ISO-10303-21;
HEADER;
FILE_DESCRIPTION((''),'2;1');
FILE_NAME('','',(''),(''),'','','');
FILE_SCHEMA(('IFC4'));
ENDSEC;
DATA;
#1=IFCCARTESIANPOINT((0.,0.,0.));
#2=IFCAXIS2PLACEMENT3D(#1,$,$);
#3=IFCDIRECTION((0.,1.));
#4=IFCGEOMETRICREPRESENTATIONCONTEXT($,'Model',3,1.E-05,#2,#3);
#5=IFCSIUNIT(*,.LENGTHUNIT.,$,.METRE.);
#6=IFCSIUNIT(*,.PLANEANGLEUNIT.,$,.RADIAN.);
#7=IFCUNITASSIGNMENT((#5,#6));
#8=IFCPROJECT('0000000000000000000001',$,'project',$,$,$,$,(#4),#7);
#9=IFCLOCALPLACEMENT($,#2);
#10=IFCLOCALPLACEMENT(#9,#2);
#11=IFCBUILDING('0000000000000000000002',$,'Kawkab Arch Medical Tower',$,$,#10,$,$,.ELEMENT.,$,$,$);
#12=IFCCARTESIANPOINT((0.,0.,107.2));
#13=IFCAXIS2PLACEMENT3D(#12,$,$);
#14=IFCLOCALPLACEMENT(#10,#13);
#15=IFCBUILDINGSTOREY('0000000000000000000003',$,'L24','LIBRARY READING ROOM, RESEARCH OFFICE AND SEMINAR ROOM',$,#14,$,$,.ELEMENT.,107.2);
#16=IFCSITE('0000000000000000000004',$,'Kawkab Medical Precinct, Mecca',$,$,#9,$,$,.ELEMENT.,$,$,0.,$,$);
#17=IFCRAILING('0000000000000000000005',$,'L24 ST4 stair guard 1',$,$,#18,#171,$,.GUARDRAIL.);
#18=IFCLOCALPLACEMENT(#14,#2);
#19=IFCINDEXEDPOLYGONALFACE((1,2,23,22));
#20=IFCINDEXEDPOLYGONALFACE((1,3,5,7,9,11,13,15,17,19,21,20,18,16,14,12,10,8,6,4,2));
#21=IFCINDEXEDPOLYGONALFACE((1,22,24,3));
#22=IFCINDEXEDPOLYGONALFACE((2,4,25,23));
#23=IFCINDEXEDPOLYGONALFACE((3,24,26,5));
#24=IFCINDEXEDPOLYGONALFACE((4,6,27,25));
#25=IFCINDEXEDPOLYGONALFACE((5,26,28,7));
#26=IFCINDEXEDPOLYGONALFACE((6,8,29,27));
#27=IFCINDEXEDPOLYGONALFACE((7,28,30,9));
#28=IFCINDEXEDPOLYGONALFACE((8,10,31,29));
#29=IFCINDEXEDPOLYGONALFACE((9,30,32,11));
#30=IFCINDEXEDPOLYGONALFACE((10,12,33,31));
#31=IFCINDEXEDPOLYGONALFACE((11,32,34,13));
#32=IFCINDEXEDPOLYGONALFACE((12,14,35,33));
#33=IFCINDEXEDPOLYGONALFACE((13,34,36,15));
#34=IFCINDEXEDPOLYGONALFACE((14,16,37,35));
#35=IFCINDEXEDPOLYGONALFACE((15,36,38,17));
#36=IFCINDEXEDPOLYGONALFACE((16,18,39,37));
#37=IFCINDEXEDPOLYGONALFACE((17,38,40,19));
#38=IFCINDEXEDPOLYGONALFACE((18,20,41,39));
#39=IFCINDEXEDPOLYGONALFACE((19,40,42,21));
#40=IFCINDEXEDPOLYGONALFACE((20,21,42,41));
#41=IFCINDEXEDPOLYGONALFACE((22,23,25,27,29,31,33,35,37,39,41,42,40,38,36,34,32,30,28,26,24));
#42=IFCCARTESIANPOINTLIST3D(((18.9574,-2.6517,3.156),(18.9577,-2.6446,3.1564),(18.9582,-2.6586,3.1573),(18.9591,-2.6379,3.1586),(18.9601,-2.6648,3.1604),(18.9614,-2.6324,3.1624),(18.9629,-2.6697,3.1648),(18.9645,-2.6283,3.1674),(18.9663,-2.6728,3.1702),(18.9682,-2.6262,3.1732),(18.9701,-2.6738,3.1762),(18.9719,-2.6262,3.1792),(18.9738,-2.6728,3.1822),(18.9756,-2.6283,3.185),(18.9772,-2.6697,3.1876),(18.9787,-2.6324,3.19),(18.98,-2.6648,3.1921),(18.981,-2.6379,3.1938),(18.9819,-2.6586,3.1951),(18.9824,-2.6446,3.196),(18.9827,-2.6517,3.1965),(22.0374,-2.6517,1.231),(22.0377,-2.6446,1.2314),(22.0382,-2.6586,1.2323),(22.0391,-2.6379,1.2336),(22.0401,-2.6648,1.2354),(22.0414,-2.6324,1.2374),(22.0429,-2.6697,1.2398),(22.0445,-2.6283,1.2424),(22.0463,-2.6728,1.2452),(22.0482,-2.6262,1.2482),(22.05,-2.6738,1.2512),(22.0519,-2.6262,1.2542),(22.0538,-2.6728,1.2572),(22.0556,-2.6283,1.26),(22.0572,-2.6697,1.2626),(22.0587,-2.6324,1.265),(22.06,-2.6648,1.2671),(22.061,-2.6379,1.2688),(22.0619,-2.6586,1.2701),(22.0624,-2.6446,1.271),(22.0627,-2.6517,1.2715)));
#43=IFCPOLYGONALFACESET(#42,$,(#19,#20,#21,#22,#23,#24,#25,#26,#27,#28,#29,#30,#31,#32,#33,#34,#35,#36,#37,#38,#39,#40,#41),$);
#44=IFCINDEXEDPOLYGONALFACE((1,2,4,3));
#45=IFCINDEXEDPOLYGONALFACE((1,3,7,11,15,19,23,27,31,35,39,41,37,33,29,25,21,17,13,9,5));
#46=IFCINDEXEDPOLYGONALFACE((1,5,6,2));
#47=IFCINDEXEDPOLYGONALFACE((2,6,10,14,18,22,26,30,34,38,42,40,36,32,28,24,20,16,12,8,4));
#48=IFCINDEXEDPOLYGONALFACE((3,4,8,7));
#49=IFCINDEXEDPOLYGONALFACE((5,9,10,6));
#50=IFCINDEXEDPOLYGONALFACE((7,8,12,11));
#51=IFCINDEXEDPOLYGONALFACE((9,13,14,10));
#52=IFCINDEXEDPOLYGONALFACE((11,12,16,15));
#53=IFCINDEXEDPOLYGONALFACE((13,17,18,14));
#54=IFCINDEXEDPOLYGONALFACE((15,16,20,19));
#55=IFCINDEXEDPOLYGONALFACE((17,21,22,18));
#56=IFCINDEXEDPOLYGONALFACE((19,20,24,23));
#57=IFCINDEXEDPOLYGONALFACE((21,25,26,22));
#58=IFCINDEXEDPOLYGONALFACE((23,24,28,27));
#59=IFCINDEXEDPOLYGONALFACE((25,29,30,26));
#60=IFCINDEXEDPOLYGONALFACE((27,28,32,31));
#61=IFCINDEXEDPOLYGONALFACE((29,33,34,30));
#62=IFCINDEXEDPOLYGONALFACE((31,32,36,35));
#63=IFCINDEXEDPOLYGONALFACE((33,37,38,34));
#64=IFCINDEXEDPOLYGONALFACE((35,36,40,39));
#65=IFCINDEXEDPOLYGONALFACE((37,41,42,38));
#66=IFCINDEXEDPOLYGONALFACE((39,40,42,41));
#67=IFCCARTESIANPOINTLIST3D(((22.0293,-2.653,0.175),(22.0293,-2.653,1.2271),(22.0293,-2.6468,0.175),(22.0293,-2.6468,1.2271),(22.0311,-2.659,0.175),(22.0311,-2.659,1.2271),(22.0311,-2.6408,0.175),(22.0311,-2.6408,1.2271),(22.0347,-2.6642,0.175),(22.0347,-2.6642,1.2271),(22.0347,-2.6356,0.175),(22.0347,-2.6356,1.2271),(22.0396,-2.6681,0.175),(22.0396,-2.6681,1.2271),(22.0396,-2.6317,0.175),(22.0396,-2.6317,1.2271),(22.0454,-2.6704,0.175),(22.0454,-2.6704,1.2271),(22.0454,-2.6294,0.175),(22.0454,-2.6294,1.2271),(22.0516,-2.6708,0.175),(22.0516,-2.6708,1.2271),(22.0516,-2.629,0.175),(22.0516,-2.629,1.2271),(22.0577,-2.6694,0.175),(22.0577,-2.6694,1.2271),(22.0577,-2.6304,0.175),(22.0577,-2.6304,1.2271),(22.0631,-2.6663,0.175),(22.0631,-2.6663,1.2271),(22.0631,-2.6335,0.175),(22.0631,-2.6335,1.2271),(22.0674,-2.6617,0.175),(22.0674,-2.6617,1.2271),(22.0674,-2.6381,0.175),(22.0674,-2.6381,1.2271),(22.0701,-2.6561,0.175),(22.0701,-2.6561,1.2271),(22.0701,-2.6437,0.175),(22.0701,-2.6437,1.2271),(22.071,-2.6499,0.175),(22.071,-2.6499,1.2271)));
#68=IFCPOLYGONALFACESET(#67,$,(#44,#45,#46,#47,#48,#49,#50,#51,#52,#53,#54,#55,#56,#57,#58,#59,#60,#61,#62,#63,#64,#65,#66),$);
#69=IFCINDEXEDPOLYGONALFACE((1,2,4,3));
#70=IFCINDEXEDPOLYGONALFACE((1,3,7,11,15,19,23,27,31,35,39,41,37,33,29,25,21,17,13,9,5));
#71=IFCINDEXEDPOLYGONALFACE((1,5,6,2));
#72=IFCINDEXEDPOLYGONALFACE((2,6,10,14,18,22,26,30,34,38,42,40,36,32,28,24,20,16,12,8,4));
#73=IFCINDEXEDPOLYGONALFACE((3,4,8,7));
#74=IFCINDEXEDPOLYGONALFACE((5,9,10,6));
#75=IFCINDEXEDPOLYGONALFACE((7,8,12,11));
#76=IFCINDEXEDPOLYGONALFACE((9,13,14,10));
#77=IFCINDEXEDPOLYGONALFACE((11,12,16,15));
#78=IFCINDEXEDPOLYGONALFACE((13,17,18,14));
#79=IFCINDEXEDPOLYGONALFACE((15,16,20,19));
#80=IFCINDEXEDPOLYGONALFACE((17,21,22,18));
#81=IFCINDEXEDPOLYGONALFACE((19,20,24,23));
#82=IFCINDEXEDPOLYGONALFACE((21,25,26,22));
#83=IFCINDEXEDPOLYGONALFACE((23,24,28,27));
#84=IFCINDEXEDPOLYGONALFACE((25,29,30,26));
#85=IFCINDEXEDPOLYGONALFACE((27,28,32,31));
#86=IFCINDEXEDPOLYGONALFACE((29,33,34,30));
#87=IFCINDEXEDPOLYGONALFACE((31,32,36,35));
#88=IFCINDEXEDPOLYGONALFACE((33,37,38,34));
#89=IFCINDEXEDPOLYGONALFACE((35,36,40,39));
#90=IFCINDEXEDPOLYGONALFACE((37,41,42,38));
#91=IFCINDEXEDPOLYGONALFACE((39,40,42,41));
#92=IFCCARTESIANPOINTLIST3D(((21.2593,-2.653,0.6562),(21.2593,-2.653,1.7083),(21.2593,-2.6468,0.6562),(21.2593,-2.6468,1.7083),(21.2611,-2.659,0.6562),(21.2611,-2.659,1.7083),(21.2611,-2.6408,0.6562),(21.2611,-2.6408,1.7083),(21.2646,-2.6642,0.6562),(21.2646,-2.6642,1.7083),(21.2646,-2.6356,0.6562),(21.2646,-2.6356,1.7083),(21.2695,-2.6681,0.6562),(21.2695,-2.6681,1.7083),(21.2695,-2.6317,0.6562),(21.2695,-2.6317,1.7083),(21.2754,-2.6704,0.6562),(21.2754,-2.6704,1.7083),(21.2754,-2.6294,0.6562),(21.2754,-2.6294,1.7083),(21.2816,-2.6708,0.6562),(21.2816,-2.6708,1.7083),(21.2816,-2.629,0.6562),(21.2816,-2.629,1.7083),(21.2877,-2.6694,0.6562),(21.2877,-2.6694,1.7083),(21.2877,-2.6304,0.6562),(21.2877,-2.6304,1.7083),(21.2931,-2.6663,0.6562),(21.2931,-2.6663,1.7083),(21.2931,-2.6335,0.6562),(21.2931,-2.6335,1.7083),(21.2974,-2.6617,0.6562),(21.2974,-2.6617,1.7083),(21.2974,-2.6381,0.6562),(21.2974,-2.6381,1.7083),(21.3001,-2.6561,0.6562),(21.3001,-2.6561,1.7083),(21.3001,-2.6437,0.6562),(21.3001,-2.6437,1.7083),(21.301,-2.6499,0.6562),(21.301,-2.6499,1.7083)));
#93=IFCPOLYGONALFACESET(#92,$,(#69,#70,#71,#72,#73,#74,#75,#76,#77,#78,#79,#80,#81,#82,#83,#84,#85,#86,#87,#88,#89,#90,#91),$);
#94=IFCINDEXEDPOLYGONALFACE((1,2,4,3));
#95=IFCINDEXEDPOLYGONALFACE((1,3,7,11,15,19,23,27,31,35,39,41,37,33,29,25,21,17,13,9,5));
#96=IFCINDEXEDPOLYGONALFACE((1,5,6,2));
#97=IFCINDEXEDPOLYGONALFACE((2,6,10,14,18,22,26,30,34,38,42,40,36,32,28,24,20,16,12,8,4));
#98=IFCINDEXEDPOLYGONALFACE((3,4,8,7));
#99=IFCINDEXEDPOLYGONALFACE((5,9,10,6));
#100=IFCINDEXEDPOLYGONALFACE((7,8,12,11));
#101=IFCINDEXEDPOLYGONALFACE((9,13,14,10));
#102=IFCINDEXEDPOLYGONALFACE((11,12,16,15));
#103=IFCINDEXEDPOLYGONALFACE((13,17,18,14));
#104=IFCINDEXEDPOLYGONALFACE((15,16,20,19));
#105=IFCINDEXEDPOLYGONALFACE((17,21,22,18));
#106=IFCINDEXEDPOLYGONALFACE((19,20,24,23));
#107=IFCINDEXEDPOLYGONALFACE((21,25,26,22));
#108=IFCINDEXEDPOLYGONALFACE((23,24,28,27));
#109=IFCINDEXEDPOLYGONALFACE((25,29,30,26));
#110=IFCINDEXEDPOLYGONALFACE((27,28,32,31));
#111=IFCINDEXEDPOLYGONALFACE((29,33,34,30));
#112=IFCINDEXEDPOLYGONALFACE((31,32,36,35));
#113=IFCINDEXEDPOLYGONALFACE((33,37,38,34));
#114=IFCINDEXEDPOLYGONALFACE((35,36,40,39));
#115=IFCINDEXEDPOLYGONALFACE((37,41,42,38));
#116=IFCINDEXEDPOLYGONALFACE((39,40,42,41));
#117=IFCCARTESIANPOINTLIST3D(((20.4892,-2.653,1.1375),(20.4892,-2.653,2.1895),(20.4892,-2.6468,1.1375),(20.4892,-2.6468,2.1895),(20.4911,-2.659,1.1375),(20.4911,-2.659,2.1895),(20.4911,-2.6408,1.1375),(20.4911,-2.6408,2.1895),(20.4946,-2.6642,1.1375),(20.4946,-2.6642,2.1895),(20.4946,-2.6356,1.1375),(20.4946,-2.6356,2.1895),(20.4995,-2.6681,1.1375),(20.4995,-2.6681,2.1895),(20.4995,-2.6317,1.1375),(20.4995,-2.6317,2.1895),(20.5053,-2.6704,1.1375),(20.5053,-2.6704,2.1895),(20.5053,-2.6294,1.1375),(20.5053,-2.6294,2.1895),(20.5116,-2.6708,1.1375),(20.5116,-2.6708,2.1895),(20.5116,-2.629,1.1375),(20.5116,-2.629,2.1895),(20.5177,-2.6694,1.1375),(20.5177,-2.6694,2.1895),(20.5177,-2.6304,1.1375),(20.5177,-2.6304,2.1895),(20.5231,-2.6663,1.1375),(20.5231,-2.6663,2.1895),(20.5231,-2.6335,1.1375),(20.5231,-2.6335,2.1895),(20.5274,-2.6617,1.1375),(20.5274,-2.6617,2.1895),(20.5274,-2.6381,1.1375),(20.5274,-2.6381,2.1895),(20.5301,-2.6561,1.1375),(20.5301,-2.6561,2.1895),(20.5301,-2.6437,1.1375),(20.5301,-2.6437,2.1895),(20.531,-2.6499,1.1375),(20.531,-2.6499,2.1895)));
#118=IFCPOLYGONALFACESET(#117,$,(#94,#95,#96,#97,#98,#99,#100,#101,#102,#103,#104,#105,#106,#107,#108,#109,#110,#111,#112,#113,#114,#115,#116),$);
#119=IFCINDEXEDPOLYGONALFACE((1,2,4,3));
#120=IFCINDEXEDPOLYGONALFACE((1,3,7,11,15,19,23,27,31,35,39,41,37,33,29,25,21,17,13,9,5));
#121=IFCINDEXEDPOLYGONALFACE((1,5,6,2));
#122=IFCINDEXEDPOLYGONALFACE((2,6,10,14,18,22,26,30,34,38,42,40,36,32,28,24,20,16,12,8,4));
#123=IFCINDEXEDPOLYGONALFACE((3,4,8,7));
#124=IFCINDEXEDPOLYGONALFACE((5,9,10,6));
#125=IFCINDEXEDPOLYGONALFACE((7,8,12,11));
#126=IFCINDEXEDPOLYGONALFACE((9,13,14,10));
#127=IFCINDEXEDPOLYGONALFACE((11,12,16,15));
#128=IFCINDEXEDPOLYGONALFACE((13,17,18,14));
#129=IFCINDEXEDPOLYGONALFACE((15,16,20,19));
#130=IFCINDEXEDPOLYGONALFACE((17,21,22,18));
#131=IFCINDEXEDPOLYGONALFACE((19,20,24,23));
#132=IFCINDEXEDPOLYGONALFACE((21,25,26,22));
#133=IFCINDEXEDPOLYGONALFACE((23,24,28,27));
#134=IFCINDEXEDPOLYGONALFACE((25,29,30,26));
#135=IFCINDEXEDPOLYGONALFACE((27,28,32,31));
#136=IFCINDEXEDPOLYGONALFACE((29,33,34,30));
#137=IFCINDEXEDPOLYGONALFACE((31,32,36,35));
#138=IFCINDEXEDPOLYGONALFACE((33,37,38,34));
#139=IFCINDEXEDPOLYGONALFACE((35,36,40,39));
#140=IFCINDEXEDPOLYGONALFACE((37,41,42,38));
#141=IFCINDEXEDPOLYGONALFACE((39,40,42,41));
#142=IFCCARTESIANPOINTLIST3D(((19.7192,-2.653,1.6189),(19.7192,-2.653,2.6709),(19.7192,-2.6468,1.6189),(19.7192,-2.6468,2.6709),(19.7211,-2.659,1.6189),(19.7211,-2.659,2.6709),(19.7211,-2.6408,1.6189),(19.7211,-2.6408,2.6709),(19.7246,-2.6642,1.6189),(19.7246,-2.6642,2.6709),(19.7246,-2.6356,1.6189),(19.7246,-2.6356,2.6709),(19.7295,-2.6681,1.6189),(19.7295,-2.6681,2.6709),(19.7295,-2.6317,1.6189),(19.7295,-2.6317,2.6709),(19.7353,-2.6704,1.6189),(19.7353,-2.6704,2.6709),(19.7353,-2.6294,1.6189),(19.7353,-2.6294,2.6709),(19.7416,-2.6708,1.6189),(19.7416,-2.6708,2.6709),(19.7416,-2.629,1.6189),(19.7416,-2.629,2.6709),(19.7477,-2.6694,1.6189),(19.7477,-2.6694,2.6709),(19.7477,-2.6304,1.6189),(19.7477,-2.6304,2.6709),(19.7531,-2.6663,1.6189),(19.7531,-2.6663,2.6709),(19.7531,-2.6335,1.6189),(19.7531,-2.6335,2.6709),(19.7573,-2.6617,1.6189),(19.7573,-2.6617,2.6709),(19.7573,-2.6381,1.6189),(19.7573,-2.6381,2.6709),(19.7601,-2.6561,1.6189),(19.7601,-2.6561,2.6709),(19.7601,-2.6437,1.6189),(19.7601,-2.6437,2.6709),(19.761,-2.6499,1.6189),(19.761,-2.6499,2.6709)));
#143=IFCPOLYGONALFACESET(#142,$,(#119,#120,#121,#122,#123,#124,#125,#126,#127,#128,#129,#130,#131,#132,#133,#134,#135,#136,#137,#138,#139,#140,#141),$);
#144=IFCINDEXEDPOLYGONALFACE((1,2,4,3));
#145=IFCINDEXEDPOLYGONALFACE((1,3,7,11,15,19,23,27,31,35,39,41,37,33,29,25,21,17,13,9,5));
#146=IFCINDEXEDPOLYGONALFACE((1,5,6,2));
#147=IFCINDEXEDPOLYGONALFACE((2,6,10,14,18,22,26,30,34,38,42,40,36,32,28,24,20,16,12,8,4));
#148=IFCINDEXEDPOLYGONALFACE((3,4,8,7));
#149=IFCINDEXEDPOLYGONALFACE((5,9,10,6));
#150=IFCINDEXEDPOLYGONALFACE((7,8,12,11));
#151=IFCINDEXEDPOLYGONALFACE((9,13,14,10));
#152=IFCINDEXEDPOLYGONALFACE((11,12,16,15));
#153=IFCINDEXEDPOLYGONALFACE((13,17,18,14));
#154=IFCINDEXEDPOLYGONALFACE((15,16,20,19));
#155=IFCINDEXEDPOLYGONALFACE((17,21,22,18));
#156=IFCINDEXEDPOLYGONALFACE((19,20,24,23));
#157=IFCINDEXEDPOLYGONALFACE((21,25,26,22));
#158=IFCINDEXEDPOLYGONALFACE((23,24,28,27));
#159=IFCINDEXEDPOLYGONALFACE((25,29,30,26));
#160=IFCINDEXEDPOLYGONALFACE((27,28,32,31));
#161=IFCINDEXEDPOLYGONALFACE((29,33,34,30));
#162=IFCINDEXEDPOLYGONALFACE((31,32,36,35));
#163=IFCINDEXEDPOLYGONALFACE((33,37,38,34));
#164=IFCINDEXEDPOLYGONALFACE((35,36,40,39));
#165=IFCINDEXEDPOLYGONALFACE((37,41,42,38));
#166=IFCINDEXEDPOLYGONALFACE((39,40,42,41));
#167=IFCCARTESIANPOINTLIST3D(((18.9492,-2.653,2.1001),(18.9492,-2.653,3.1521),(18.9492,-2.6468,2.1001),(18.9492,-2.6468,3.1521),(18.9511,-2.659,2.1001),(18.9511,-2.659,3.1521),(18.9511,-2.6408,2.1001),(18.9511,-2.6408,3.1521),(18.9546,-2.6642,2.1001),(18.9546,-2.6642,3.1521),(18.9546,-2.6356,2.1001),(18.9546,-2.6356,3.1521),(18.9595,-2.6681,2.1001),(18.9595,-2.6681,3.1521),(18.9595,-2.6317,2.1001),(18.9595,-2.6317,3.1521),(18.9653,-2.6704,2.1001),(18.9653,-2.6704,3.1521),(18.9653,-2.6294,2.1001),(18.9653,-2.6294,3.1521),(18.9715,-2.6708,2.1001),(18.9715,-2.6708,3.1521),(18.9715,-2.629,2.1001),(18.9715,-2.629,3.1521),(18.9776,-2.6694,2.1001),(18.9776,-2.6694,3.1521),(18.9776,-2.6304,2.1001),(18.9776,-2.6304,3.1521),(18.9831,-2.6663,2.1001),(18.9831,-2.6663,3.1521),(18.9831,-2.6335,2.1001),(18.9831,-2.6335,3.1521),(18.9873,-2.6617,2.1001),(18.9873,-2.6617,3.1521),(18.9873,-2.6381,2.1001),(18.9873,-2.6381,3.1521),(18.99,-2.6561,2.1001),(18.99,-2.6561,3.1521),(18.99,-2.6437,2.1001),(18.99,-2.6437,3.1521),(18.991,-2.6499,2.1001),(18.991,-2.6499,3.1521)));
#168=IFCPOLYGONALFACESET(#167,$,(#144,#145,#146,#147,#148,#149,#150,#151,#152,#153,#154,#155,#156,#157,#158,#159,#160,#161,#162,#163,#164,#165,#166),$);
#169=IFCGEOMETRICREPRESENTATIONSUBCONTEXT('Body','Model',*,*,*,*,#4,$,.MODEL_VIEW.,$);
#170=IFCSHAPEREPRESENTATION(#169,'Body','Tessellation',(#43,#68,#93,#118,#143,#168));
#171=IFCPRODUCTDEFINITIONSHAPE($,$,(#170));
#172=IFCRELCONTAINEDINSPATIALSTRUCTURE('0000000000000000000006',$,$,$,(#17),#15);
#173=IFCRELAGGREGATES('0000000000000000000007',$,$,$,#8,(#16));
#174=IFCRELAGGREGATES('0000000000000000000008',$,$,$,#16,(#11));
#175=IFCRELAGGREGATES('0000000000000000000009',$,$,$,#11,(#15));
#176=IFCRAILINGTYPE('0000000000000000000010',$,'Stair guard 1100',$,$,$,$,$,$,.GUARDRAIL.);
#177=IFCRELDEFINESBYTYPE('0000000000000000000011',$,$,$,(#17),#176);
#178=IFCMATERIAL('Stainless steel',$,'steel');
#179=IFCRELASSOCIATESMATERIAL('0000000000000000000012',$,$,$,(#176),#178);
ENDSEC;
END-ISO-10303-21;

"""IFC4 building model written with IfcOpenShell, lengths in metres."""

from ifc_helpers import new_model, si_unit, direction, frame, origin, origin_2d, place, context, subcontext, project, spatial, circle, extrude, material, type_object, element, save


model = new_model("IFC4")

# Units and contexts
model_context = context("Model", 3, precision=1e-05, world=origin(), true_north=direction((0.0, 1.0)))
body_context = subcontext(model_context, "Body", "Model", "MODEL_VIEW")
ifc_project = project(units=[si_unit("LENGTHUNIT", "METRE"), si_unit("PLANEANGLEUNIT", "RADIAN")], contexts=[model_context])

# Site, building, storey
site_placement = place(None, origin())
site = spatial("IfcSite", under=ifc_project, at=site_placement, Name="Kawkab Medical Precinct, Mecca", CompositionType="ELEMENT", RefElevation=0.0)
building_placement = place(site_placement, origin())
building = spatial("IfcBuilding", under=site, at=building_placement, Name="Kawkab Arch Medical Tower", CompositionType="ELEMENT")
storey_placement = place(building_placement, frame((0.0, 0.0, 107.2)))
storey = spatial("IfcBuildingStorey", under=building, at=storey_placement, Name="L24", Description="LIBRARY READING ROOM, RESEARCH OFFICE AND SEMINAR ROOM", CompositionType="ELEMENT", Elevation=107.2)

# Railing
ifc_material_1 = material(Name="Stainless steel", Category="steel")
railing_type_1 = type_object("IfcRailingType", Name="Stair guard 1100", PredefinedType="GUARDRAIL", material=ifc_material_1)
railing_1_placement = place(storey_placement, frame((22.05, -2.6499, 0.175)))
element("IfcRailing", 1, at=railing_1_placement, inside=storey, type_object=railing_type_1, Name="L24 ST4 stair guard 1", PredefinedType="GUARDRAIL", context=body_context, shape_type="SweptSolid", body=[
    extrude(circle(Radius=0.0239, at=origin_2d()), frame((0.0, 0.0, 1.0762), z_axis=(-0.847998, 0.0, 0.529999), x_axis=(0.0, -1.0, 0.0)), (0.0, 0.0, 1.0), 3.6321),
    extrude(circle(Radius=0.021, at=origin_2d()), origin(), (0.0, 0.0, 1.0), 1.052),
    extrude(circle(Radius=0.021, at=origin_2d()), frame((-0.77, 0.0, 0.4812)), (0.0, 0.0, 1.0), 1.052),
    extrude(circle(Radius=0.021, at=origin_2d()), frame((-1.54, 0.0, 0.9624)), (0.0, 0.0, 1.0), 1.052),
    extrude(circle(Radius=0.021, at=origin_2d()), frame((-2.3101, 0.0, 1.4438)), (0.0, 0.0, 1.0), 1.052),
    extrude(circle(Radius=0.021, at=origin_2d()), frame((-3.0801, 0.0, 1.925)), (0.0, 0.0, 1.0), 1.052),
])

save(model, "model.ifc")
